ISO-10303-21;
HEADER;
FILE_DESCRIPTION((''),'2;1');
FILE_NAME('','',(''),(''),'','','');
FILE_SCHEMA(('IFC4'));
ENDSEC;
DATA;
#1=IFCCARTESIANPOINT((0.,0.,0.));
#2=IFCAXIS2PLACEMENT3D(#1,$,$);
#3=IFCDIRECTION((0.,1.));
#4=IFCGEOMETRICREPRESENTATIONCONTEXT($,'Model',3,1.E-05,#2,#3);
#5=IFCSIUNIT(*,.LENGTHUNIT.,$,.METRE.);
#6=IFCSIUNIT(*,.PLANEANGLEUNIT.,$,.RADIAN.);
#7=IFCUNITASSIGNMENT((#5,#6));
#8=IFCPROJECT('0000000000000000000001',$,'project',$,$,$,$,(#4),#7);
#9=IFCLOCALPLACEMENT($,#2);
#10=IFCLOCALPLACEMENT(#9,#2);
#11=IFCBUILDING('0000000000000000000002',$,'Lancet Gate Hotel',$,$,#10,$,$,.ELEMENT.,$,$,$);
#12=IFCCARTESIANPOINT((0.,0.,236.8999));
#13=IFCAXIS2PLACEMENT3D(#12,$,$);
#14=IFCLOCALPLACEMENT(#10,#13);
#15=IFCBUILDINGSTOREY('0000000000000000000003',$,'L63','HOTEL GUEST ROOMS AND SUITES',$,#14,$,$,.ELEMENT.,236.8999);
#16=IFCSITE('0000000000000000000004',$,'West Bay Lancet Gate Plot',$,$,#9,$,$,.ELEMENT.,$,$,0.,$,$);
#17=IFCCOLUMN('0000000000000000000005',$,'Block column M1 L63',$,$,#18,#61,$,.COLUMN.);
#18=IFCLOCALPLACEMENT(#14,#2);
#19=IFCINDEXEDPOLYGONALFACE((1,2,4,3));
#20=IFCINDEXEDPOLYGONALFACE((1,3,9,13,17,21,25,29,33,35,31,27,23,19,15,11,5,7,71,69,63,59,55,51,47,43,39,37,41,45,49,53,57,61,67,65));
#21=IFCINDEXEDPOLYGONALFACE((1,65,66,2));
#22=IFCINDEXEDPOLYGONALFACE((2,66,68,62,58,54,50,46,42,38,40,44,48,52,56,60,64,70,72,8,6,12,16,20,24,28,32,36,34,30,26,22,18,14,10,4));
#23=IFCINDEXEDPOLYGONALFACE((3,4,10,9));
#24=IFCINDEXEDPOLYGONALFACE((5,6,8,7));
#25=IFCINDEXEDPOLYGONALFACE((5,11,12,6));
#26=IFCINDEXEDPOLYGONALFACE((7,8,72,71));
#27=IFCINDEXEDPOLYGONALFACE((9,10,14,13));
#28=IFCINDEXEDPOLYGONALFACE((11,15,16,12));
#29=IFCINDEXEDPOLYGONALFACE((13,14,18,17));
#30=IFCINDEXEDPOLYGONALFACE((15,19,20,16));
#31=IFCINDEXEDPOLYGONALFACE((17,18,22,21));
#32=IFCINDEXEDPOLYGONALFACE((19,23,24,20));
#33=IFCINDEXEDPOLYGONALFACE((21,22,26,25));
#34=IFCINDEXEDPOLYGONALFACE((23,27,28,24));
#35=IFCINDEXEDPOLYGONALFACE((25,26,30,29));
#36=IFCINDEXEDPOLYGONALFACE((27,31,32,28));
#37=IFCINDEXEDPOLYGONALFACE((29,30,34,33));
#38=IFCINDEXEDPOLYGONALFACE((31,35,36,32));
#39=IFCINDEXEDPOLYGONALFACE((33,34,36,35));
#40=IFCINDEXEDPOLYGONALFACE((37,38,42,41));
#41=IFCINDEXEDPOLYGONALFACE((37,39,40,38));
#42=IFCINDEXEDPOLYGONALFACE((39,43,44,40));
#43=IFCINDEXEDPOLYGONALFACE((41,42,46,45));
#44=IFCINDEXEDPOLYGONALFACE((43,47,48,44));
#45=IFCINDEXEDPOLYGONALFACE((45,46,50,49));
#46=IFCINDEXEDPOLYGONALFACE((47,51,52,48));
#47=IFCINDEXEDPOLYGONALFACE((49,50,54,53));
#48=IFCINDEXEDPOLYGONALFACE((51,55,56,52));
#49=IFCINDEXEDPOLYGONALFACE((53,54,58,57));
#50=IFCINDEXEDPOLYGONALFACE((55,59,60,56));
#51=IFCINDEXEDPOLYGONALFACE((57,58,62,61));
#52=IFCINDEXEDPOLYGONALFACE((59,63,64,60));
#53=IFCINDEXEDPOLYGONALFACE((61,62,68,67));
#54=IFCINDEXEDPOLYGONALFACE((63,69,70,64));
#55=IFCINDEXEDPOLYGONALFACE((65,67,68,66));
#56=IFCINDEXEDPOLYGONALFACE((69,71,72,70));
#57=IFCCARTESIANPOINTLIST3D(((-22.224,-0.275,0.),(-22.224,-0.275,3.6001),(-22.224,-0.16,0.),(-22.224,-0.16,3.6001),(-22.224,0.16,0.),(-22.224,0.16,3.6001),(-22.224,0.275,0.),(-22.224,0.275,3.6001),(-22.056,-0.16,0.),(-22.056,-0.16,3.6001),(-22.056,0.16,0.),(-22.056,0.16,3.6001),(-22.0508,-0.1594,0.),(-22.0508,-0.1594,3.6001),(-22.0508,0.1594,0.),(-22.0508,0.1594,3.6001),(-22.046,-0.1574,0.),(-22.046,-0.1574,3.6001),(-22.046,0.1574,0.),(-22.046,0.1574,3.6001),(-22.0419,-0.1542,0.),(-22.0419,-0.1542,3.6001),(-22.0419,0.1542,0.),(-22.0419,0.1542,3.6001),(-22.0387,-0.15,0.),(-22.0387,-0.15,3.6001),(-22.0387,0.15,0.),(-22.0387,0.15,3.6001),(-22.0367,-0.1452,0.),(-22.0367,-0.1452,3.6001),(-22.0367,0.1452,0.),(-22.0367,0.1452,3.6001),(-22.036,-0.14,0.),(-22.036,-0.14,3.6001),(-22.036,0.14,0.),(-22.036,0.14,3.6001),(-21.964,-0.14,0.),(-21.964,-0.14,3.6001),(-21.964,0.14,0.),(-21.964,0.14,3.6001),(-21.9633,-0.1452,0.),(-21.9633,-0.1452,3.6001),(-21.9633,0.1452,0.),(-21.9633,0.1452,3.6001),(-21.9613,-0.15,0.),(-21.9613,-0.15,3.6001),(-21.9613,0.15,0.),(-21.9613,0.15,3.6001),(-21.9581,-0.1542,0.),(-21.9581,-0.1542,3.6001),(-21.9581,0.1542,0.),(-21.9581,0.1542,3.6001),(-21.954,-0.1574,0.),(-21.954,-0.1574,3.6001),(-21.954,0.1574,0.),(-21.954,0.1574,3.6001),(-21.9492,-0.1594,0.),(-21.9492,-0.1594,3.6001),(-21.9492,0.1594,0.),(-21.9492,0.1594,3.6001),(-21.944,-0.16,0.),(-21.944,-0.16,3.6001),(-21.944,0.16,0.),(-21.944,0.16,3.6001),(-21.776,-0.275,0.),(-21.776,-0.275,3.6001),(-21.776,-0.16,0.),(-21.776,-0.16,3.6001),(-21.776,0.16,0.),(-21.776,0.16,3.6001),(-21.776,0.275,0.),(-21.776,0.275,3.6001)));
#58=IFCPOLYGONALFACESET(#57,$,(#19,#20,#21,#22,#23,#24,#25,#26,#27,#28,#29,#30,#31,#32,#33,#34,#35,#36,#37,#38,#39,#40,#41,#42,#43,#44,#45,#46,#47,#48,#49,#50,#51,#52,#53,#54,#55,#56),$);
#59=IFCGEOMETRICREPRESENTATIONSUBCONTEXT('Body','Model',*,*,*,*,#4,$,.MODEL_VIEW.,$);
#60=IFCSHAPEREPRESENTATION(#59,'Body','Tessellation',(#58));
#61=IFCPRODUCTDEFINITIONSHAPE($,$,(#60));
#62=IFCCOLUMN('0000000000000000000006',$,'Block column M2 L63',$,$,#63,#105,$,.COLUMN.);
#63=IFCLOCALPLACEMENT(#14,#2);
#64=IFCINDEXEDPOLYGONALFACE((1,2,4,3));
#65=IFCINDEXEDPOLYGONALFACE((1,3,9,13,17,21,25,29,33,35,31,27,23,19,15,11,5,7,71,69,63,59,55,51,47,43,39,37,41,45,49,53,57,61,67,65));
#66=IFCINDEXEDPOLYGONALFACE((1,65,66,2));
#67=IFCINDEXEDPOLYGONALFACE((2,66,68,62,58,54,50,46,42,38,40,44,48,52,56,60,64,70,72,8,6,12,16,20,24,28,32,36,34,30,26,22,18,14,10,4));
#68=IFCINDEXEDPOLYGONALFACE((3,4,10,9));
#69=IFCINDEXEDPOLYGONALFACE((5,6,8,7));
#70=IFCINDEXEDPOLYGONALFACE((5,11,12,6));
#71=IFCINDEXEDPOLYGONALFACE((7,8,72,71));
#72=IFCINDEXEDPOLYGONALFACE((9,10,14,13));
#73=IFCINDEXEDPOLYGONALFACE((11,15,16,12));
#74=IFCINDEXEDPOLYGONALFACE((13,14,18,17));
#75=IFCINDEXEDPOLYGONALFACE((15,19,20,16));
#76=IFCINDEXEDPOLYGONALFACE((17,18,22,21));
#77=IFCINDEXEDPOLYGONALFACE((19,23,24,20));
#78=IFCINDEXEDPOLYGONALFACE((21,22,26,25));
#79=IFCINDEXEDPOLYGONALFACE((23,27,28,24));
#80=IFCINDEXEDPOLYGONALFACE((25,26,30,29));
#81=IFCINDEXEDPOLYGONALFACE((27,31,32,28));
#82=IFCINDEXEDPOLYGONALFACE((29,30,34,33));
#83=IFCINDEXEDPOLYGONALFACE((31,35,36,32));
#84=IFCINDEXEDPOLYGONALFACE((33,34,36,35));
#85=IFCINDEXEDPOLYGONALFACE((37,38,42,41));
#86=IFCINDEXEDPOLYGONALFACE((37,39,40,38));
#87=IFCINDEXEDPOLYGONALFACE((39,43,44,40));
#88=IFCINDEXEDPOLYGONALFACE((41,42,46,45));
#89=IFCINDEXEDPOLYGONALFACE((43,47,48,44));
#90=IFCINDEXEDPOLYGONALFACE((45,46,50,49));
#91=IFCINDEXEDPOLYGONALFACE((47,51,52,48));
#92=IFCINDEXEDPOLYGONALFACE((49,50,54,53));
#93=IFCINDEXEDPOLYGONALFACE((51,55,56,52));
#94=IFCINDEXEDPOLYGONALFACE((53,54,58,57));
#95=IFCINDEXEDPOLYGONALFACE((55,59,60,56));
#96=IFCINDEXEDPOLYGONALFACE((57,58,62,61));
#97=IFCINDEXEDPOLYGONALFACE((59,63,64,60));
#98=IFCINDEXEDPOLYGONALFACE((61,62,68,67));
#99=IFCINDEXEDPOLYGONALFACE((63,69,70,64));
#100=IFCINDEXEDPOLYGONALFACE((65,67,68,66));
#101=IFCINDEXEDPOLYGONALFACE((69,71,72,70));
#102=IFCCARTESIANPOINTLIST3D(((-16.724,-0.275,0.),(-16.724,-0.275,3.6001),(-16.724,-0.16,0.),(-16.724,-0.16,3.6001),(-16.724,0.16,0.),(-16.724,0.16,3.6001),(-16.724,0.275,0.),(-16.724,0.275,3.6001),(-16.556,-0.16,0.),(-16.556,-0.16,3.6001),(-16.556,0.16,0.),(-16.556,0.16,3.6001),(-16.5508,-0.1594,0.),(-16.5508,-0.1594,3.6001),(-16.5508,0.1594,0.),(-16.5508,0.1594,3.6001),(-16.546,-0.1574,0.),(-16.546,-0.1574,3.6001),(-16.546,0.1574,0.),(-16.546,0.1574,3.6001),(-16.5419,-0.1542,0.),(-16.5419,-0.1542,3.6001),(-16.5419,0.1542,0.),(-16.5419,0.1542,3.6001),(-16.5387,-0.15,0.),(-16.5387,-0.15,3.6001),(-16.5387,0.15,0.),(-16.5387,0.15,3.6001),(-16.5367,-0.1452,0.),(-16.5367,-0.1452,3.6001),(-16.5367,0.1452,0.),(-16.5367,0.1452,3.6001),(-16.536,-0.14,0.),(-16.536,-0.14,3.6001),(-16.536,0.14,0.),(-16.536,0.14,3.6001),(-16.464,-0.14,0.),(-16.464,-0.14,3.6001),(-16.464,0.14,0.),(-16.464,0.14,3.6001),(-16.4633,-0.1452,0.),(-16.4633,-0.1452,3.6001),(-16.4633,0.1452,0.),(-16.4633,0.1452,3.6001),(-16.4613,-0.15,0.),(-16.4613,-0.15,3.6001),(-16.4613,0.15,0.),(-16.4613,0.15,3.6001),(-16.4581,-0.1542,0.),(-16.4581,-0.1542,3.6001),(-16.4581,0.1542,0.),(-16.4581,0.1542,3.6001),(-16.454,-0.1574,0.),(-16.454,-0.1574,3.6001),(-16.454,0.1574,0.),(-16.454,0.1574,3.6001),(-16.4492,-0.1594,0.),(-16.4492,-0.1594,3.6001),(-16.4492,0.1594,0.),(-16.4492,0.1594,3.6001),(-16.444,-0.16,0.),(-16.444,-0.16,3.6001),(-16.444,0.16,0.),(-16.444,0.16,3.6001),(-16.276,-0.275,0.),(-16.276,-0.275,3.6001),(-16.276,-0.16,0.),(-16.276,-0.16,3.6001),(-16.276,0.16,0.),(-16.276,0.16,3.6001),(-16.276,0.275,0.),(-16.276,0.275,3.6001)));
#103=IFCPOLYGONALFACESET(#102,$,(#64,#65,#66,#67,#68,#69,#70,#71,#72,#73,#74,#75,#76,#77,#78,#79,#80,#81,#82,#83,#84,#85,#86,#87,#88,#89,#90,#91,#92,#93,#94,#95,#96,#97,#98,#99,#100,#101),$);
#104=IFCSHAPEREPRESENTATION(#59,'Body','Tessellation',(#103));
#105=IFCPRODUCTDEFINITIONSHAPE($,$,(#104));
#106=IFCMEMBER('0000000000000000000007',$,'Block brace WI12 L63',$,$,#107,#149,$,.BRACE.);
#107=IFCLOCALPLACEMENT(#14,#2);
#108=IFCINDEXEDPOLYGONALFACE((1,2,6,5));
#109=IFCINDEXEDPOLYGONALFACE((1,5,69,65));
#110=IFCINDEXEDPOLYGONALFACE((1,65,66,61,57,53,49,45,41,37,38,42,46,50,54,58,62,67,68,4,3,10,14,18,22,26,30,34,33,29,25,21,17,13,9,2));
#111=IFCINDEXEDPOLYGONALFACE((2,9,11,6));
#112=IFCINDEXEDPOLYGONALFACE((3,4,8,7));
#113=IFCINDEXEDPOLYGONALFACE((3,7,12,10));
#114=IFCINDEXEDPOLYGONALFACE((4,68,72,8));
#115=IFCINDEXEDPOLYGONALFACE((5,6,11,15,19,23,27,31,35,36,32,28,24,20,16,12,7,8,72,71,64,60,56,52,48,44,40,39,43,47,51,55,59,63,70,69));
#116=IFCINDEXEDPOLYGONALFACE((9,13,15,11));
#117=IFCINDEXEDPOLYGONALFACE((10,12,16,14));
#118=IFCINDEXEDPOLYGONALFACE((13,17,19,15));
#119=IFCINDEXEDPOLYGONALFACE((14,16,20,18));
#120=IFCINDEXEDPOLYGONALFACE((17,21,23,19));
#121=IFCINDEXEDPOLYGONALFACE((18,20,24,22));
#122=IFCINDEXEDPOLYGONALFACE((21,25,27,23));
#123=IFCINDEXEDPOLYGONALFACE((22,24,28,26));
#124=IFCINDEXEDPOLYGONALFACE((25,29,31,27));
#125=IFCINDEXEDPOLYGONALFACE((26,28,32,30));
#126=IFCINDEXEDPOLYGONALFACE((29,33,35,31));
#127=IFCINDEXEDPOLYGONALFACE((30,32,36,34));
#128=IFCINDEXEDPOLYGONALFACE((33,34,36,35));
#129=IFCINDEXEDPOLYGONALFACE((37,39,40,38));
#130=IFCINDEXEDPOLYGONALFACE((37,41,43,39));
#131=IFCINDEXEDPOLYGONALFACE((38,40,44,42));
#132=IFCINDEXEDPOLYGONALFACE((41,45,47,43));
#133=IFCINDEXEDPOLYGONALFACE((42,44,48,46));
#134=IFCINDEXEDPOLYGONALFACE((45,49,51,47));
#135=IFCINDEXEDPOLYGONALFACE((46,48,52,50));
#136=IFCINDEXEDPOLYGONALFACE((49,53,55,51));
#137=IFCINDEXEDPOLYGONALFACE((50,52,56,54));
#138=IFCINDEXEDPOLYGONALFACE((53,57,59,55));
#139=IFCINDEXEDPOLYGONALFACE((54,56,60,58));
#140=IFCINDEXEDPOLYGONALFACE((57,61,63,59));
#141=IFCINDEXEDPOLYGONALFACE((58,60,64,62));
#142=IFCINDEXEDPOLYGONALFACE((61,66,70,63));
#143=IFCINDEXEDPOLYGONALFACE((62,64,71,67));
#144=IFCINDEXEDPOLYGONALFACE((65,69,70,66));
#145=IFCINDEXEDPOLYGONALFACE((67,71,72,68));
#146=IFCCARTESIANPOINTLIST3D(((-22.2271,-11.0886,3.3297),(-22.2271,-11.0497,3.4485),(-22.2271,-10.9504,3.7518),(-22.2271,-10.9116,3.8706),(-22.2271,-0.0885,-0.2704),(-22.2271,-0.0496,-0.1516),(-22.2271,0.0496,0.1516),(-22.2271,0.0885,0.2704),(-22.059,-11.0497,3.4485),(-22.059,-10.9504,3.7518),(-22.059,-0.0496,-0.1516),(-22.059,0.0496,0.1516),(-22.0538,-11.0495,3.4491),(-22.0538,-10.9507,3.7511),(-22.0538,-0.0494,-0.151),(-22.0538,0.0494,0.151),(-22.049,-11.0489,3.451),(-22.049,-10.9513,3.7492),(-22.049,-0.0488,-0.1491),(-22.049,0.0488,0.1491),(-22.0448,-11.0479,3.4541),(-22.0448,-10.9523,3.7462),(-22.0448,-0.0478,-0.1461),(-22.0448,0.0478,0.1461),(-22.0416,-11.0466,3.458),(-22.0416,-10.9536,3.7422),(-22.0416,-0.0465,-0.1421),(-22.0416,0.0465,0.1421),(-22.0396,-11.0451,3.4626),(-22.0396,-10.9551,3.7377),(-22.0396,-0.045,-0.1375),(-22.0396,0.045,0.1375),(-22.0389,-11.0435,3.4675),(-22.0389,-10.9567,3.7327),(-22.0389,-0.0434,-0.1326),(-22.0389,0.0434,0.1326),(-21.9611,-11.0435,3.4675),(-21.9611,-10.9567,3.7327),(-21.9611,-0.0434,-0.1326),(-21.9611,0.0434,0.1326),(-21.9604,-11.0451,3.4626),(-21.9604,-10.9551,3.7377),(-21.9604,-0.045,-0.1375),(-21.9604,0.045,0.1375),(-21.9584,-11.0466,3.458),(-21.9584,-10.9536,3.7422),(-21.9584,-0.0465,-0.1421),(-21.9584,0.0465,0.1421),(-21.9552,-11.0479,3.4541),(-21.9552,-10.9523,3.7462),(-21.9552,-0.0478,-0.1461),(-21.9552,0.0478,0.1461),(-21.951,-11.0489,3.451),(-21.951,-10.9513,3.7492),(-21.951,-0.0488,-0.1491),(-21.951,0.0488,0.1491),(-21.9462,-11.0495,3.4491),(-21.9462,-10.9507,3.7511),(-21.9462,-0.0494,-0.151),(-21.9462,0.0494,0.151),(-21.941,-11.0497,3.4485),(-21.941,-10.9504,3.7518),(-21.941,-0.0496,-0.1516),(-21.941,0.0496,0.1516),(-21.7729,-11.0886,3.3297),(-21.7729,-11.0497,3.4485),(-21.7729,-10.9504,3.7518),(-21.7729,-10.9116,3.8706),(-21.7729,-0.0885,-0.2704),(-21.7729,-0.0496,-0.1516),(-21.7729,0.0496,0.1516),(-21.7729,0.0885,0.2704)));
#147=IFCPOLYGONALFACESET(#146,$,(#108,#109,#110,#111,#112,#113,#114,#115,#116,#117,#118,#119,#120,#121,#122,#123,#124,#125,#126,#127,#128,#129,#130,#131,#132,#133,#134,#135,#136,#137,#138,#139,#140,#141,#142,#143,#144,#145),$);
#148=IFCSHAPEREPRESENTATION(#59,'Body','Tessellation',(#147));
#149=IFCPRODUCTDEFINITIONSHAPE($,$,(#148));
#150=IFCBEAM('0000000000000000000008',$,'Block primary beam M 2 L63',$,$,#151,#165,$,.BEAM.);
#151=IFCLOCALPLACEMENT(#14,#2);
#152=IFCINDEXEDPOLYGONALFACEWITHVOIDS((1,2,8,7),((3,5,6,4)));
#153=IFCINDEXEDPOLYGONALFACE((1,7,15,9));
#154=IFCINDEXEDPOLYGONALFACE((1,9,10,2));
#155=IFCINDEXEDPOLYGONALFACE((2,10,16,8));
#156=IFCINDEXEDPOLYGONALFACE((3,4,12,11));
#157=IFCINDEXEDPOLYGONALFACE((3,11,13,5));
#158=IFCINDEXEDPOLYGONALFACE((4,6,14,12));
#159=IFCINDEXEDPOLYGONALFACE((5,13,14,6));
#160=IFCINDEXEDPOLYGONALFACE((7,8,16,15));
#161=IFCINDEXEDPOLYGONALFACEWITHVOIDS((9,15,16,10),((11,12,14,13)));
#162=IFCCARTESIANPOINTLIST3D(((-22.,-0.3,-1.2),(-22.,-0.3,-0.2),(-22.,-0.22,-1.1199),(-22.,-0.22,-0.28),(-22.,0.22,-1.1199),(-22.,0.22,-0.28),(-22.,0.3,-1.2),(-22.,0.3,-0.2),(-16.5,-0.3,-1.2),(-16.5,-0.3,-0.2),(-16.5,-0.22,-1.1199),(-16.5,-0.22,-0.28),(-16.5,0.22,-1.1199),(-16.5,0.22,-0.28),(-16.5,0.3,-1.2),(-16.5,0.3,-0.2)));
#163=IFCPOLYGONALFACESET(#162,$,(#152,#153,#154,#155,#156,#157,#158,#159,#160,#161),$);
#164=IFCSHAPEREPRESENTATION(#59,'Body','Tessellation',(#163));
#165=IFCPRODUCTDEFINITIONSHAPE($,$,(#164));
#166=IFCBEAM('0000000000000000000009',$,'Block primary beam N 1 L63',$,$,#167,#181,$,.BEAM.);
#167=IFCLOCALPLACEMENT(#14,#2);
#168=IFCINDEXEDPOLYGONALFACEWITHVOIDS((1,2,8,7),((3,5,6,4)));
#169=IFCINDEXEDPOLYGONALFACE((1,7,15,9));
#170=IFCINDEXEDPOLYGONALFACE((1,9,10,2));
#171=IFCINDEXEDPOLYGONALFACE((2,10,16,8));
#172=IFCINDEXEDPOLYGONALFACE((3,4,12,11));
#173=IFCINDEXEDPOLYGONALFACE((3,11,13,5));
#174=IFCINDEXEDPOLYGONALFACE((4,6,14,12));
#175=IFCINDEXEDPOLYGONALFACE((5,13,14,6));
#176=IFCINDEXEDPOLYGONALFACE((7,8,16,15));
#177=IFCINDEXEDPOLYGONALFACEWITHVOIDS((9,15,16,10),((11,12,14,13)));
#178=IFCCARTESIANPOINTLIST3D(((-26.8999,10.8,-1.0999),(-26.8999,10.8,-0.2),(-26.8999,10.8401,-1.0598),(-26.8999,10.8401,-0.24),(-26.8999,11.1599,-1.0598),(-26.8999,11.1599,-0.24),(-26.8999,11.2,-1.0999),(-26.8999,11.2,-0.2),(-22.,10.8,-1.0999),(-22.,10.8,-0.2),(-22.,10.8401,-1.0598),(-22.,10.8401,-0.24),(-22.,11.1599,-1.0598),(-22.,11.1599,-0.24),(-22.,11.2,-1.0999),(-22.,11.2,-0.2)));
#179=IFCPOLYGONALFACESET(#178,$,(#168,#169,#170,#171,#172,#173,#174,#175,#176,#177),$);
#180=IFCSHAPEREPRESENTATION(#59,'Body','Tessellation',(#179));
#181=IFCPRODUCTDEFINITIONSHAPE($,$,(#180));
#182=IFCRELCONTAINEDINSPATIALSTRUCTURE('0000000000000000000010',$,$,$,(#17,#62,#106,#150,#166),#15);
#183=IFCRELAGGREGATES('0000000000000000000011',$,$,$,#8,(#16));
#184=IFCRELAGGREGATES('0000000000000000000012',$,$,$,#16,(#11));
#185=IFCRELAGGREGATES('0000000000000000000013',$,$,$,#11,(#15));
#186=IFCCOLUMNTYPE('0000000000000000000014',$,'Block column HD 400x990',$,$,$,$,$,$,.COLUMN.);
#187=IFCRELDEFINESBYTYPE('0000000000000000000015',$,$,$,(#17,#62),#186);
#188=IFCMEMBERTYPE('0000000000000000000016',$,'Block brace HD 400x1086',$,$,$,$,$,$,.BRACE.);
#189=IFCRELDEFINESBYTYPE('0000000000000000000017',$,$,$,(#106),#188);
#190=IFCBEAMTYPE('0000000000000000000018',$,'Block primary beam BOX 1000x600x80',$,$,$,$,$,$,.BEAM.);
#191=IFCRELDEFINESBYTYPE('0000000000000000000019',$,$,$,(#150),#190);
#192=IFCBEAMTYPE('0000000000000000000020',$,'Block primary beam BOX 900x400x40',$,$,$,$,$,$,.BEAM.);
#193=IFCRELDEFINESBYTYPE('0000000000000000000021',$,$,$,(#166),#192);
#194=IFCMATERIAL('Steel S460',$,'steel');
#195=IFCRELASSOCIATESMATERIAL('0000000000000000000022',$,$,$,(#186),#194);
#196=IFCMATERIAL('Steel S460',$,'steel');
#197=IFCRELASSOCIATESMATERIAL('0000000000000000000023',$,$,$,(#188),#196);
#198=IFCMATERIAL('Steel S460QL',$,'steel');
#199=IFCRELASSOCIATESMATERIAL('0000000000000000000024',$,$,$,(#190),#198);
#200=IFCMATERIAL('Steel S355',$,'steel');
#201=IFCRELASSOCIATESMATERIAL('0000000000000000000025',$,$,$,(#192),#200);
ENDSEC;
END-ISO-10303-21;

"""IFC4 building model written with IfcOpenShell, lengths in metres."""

from ifc_helpers import new_model, si_unit, direction, frame, origin, origin_2d, place, context, subcontext, project, spatial, hollow_rectangle, i_section, extrude, material, material_profile, profile_set, type_object, element, save


model = new_model("IFC4")

# Units and contexts
model_context = context("Model", 3, precision=1e-05, world=origin(), true_north=direction((0.0, 1.0)))
body_context = subcontext(model_context, "Body", "Model", "MODEL_VIEW")
ifc_project = project(units=[si_unit("LENGTHUNIT", "METRE"), si_unit("PLANEANGLEUNIT", "RADIAN")], contexts=[model_context])

# Site, building, storey
site_placement = place(None, origin())
site = spatial("IfcSite", under=ifc_project, at=site_placement, Name="West Bay Lancet Gate Plot", CompositionType="ELEMENT", RefElevation=0.0)
building_placement = place(site_placement, origin())
building = spatial("IfcBuilding", under=site, at=building_placement, Name="Lancet Gate Hotel", CompositionType="ELEMENT")
storey_placement = place(building_placement, frame((0.0, 0.0, 236.8999)))
storey = spatial("IfcBuildingStorey", under=building, at=storey_placement, Name="L63", Description="HOTEL GUEST ROOMS AND SUITES", CompositionType="ELEMENT", Elevation=236.8999)

# Columns
ifc_material_1 = material(Name="Steel S460", Category="steel")
ifc_material_profile_1 = material_profile(ifc_material_1, i_section(OverallWidth=0.448, OverallDepth=0.55, WebThickness=0.072, FlangeThickness=0.115, FilletRadius=0.02, at=origin_2d()), Name="HD 400x990")
ifc_profile_set_1 = profile_set([ifc_material_profile_1], Name="Steel S460")
column_type = type_object("IfcColumnType", Name="Block column HD 400x990", PredefinedType="COLUMN", material=ifc_profile_set_1)
for number, where, z_axis, x_axis, name in (
    (1, (-22.0, 0.0, 0.0), (0.0, 0.0, 1.0), (1.0, 0.0, 0.0), "Block column M1 L63"),
    (2, (-16.5, 0.0, 0.0), (0.0, 0.0, 1.0), (1.0, 0.0, 0.0), "Block column M2 L63"),
):
    element("IfcColumn", number, at=place(storey_placement, frame(where, z_axis=z_axis, x_axis=x_axis)), inside=storey, type_object=column_type, Name=name, PredefinedType="COLUMN", context=body_context, shape_type="SweptSolid", body=[
        extrude(i_section(OverallWidth=0.448, OverallDepth=0.55, WebThickness=0.072, FlangeThickness=0.115, FilletRadius=0.02, at=origin_2d()), origin(), (0.0, 0.0, 1.0), 3.6001),
    ])

# Member
ifc_material_2 = material(Name="Steel S460", Category="steel")
ifc_material_profile_2 = material_profile(ifc_material_2, i_section(OverallWidth=0.4541, OverallDepth=0.5691, WebThickness=0.0779, FlangeThickness=0.125, FilletRadius=0.02, at=origin_2d()), Name="HD 400x1086")
ifc_profile_set_2 = profile_set([ifc_material_profile_2], Name="Steel S460")
member_type = type_object("IfcMemberType", Name="Block brace HD 400x1086", PredefinedType="BRACE", material=ifc_profile_set_2)
member_placement = place(storey_placement, frame((-22.0, 0.0, 0.0), z_axis=(0.0, -0.950395, 0.311047), x_axis=(1.0, 0.0, 0.0)))
element("IfcMember", 3, at=member_placement, inside=storey, type_object=member_type, Name="Block brace WI12 L63", PredefinedType="BRACE", context=body_context, shape_type="SweptSolid", body=[
    extrude(i_section(OverallWidth=0.4541, OverallDepth=0.5691, WebThickness=0.0779, FlangeThickness=0.125, FilletRadius=0.02, at=origin_2d()), origin(), (0.0, 0.0, 1.0), 11.5742),
])

# Beams
ifc_material_3 = material(Name="Steel S460QL", Category="steel")
ifc_material_profile_3 = material_profile(ifc_material_3, hollow_rectangle(XDim=0.6001, YDim=1.0, WallThickness=0.0801, at=origin_2d()), Name="BOX 1000x600x80")
ifc_profile_set_3 = profile_set([ifc_material_profile_3], Name="Steel S460QL")
beam_type_1 = type_object("IfcBeamType", Name="Block primary beam BOX 1000x600x80", PredefinedType="BEAM", material=ifc_profile_set_3)
beam_1_placement = place(storey_placement, frame((-22.0, 0.0, -0.7), z_axis=(1.0, 0.0, 0.0), x_axis=(0.0, 1.0, 0.0)))
element("IfcBeam", 4, at=beam_1_placement, inside=storey, type_object=beam_type_1, Name="Block primary beam M 2 L63", PredefinedType="BEAM", context=body_context, shape_type="SweptSolid", body=[
    extrude(hollow_rectangle(XDim=0.6001, YDim=1.0, WallThickness=0.0801, at=origin_2d()), origin(), (0.0, 0.0, 1.0), 5.5),
])
ifc_material_4 = material(Name="Steel S355", Category="steel")
ifc_material_profile_4 = material_profile(ifc_material_4, hollow_rectangle(XDim=0.3999, YDim=0.8999, WallThickness=0.04, at=origin_2d()), Name="BOX 900x400x40")
ifc_profile_set_4 = profile_set([ifc_material_profile_4], Name="Steel S355")
beam_type_2 = type_object("IfcBeamType", Name="Block primary beam BOX 900x400x40", PredefinedType="BEAM", material=ifc_profile_set_4)
beam_2_placement = place(storey_placement, frame((-26.8999, 11.0, -0.6499), z_axis=(1.0, 0.0, 0.0), x_axis=(0.0, 1.0, 0.0)))
element("IfcBeam", 5, at=beam_2_placement, inside=storey, type_object=beam_type_2, Name="Block primary beam N 1 L63", PredefinedType="BEAM", context=body_context, shape_type="SweptSolid", body=[
    extrude(hollow_rectangle(XDim=0.3999, YDim=0.8999, WallThickness=0.04, at=origin_2d()), origin(), (0.0, 0.0, 1.0), 4.8999),
])

save(model, "model.ifc")
